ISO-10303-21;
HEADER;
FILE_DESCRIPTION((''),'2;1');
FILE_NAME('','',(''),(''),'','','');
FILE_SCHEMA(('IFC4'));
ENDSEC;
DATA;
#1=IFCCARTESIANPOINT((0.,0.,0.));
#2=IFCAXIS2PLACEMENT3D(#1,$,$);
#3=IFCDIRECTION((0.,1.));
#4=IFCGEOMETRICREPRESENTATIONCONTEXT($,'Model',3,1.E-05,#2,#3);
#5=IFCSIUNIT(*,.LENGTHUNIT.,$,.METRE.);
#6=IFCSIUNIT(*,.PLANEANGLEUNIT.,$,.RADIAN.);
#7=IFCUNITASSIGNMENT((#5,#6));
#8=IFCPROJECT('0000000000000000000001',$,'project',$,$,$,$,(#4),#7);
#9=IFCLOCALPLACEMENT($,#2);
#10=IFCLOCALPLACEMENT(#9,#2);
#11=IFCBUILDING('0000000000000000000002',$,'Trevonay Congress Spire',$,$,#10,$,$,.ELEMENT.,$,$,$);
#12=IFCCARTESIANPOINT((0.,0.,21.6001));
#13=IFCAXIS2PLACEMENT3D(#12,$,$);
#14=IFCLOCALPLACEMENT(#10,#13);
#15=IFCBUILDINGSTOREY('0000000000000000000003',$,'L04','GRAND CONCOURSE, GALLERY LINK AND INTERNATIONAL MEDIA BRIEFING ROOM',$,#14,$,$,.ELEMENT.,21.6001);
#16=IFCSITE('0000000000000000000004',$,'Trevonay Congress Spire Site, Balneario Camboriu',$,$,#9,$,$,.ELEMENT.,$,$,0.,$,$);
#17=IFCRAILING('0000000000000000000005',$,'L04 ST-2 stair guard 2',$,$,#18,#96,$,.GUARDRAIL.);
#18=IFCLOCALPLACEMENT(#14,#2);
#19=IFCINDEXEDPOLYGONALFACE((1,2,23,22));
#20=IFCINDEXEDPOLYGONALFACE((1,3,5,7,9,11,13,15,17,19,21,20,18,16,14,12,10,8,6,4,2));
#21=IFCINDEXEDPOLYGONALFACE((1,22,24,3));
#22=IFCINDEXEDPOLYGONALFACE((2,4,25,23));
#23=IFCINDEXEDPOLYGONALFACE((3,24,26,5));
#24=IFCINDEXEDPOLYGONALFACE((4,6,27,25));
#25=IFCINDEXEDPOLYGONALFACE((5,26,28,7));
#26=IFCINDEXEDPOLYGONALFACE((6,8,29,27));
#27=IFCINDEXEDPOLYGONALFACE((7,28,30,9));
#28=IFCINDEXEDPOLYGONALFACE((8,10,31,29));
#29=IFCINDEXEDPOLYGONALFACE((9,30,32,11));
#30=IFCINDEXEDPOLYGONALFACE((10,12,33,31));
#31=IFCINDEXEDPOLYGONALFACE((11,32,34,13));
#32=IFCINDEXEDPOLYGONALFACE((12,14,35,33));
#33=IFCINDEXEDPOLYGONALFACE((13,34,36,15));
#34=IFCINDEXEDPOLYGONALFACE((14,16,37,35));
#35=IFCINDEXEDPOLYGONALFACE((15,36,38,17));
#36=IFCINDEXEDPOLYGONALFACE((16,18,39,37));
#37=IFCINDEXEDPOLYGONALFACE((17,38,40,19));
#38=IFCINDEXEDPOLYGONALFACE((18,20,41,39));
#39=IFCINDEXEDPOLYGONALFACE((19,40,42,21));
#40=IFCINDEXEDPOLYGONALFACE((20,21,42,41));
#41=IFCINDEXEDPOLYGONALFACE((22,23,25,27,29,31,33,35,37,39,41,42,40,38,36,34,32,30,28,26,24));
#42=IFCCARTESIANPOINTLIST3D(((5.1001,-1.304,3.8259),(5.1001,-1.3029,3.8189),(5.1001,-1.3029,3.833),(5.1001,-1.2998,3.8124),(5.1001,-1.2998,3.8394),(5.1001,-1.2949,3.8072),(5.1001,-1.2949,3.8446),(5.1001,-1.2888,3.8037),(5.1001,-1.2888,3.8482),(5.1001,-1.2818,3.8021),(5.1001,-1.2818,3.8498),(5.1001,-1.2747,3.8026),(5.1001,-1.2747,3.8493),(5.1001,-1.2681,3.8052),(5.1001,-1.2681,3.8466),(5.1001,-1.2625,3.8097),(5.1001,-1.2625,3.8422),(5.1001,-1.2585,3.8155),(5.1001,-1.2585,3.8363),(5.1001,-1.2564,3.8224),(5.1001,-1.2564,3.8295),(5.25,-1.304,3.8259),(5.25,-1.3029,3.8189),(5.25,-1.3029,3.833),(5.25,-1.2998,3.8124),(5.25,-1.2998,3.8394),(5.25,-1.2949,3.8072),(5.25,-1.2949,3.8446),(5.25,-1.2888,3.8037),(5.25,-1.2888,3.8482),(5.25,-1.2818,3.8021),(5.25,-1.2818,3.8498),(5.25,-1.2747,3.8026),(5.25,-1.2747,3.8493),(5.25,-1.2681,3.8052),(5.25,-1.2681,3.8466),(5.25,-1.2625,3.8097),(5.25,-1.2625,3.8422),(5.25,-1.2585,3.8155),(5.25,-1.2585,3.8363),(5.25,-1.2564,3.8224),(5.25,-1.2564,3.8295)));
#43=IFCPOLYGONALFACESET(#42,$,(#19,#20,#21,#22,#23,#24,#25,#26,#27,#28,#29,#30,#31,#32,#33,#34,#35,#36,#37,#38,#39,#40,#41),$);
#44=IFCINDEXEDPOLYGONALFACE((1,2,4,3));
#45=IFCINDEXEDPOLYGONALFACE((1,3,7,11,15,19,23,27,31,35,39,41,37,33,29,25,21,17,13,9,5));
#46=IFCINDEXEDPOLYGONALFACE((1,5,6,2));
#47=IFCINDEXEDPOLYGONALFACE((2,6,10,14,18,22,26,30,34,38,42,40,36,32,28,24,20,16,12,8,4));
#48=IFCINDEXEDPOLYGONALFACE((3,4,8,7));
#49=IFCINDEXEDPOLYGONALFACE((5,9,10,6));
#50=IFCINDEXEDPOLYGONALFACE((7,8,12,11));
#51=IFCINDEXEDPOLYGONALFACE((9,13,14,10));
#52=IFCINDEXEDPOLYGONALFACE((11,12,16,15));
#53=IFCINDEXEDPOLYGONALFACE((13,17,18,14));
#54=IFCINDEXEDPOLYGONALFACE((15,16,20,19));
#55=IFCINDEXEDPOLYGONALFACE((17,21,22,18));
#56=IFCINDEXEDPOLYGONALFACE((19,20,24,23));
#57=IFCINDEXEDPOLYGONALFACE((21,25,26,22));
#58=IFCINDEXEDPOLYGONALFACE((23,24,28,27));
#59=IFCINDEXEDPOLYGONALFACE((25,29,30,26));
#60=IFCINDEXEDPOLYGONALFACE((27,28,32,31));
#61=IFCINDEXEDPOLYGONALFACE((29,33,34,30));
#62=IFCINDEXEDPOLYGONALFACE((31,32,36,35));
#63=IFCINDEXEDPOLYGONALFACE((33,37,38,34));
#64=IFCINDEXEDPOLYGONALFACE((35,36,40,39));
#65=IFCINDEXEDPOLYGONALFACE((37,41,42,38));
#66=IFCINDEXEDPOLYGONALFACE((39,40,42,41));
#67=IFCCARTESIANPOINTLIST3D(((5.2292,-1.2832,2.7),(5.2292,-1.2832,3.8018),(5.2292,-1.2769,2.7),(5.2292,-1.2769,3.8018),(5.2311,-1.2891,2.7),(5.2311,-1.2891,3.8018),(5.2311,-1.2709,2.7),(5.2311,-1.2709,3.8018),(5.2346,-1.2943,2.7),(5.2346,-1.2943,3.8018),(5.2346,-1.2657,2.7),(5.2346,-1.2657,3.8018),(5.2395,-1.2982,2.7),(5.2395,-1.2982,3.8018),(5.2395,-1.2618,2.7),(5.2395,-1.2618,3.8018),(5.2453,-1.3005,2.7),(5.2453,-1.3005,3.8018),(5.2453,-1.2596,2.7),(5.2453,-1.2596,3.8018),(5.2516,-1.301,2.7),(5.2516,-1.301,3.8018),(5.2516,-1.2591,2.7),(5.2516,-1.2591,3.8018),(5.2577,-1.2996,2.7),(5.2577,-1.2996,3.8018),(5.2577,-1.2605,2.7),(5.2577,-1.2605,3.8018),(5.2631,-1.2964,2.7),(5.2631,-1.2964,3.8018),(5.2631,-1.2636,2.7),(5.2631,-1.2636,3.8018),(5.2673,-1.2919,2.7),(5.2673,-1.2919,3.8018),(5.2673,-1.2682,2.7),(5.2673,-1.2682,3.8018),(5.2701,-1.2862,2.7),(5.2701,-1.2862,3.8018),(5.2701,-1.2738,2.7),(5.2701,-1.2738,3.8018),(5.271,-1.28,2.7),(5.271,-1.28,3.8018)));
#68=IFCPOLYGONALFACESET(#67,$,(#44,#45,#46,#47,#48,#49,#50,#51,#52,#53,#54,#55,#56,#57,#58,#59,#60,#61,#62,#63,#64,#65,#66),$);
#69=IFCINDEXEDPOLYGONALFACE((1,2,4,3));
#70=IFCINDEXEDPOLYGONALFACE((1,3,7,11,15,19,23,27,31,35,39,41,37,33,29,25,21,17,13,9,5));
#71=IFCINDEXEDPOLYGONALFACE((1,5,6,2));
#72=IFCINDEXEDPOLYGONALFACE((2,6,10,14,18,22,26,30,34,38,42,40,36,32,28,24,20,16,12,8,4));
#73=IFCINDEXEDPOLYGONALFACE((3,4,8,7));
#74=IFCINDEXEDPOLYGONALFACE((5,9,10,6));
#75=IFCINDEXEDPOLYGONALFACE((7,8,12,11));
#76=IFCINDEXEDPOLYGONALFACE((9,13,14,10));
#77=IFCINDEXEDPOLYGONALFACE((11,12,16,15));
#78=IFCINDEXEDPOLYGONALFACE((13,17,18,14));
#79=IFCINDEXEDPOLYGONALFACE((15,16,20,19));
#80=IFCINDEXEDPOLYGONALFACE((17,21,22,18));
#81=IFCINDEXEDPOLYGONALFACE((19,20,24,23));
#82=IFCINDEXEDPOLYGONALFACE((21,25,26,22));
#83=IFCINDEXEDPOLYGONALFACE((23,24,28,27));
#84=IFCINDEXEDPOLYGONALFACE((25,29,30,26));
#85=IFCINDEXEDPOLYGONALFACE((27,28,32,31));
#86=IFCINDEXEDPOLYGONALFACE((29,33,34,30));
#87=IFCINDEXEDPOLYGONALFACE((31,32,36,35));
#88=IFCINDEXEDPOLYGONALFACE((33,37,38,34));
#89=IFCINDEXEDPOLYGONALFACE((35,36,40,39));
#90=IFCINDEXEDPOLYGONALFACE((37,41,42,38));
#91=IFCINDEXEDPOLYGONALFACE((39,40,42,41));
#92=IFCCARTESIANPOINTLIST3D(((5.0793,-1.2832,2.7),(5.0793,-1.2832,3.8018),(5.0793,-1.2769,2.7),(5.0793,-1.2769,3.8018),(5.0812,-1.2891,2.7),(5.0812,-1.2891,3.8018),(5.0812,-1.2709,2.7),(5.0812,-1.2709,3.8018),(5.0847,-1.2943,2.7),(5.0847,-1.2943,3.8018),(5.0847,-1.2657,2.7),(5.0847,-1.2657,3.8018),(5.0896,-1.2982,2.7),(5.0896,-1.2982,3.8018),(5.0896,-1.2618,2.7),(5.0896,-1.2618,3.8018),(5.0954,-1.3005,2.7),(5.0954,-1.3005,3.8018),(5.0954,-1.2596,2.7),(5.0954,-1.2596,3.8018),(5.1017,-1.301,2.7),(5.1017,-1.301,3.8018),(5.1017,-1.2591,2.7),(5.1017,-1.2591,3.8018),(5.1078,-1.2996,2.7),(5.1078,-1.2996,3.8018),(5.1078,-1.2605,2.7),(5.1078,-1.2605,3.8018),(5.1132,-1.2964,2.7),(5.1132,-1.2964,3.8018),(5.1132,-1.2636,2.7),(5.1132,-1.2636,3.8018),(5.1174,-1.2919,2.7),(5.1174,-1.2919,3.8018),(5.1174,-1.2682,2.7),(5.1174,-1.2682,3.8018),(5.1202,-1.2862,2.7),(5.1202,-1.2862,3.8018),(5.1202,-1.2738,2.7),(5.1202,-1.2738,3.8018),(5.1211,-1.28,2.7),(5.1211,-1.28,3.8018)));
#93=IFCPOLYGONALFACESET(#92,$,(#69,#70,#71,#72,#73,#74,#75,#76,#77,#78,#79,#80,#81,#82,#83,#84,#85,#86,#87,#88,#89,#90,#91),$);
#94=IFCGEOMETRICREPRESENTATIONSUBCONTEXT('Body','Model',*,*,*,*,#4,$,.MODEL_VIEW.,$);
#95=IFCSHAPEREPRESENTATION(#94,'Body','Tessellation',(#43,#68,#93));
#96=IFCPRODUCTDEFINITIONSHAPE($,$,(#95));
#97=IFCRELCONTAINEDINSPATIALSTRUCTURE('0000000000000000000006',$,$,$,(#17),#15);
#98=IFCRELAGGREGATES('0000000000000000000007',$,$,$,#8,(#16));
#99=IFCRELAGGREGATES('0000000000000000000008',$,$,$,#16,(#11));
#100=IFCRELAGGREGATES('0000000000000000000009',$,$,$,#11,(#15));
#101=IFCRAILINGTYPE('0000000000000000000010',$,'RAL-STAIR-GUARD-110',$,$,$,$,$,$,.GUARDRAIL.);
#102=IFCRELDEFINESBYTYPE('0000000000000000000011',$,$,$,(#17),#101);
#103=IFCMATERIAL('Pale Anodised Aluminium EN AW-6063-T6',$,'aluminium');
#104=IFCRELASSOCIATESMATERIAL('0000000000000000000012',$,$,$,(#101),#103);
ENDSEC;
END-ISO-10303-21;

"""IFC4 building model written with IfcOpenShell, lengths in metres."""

from ifc_helpers import new_model, si_unit, direction, frame, origin, origin_2d, place, context, subcontext, project, spatial, circle, extrude, material, type_object, element, save


model = new_model("IFC4")

# Units and contexts
model_context = context("Model", 3, precision=1e-05, world=origin(), true_north=direction((0.0, 1.0)))
body_context = subcontext(model_context, "Body", "Model", "MODEL_VIEW")
ifc_project = project(units=[si_unit("LENGTHUNIT", "METRE"), si_unit("PLANEANGLEUNIT", "RADIAN")], contexts=[model_context])

# Site, building, storey
site_placement = place(None, origin())
site = spatial("IfcSite", under=ifc_project, at=site_placement, Name="Trevonay Congress Spire Site, Balneario Camboriu", CompositionType="ELEMENT", RefElevation=0.0)
building_placement = place(site_placement, origin())
building = spatial("IfcBuilding", under=site, at=building_placement, Name="Trevonay Congress Spire", CompositionType="ELEMENT")
storey_placement = place(building_placement, frame((0.0, 0.0, 21.6001)))
storey = spatial("IfcBuildingStorey", under=building, at=storey_placement, Name="L04", Description="GRAND CONCOURSE, GALLERY LINK AND INTERNATIONAL MEDIA BRIEFING ROOM", CompositionType="ELEMENT", Elevation=21.6001)

# Railing
ifc_material_1 = material(Name="Pale Anodised Aluminium EN AW-6063-T6", Category="aluminium")
railing_type_1 = type_object("IfcRailingType", Name="RAL-STAIR-GUARD-110", PredefinedType="GUARDRAIL", material=ifc_material_1)
railing_1_placement = place(storey_placement, frame((5.25, -1.28, 2.7)))
element("IfcRailing", 1, at=railing_1_placement, inside=storey, type_object=railing_type_1, Name="L04 ST-2 stair guard 2", PredefinedType="GUARDRAIL", context=body_context, shape_type="SweptSolid", body=[
    extrude(circle(Radius=0.0239, at=origin_2d()), frame((0.0, 0.0, 1.126), z_axis=(-1.0, 0.0, 0.0), x_axis=(0.0, -1.0, 0.0)), (0.0, 0.0, 1.0), 0.1499),
    extrude(circle(Radius=0.021, at=origin_2d()), origin(), (0.0, 0.0, 1.0), 1.1018),
    extrude(circle(Radius=0.021, at=origin_2d()), frame((-0.1499, 0.0, 0.0)), (0.0, 0.0, 1.0), 1.1018),
])

save(model, "model.ifc")
